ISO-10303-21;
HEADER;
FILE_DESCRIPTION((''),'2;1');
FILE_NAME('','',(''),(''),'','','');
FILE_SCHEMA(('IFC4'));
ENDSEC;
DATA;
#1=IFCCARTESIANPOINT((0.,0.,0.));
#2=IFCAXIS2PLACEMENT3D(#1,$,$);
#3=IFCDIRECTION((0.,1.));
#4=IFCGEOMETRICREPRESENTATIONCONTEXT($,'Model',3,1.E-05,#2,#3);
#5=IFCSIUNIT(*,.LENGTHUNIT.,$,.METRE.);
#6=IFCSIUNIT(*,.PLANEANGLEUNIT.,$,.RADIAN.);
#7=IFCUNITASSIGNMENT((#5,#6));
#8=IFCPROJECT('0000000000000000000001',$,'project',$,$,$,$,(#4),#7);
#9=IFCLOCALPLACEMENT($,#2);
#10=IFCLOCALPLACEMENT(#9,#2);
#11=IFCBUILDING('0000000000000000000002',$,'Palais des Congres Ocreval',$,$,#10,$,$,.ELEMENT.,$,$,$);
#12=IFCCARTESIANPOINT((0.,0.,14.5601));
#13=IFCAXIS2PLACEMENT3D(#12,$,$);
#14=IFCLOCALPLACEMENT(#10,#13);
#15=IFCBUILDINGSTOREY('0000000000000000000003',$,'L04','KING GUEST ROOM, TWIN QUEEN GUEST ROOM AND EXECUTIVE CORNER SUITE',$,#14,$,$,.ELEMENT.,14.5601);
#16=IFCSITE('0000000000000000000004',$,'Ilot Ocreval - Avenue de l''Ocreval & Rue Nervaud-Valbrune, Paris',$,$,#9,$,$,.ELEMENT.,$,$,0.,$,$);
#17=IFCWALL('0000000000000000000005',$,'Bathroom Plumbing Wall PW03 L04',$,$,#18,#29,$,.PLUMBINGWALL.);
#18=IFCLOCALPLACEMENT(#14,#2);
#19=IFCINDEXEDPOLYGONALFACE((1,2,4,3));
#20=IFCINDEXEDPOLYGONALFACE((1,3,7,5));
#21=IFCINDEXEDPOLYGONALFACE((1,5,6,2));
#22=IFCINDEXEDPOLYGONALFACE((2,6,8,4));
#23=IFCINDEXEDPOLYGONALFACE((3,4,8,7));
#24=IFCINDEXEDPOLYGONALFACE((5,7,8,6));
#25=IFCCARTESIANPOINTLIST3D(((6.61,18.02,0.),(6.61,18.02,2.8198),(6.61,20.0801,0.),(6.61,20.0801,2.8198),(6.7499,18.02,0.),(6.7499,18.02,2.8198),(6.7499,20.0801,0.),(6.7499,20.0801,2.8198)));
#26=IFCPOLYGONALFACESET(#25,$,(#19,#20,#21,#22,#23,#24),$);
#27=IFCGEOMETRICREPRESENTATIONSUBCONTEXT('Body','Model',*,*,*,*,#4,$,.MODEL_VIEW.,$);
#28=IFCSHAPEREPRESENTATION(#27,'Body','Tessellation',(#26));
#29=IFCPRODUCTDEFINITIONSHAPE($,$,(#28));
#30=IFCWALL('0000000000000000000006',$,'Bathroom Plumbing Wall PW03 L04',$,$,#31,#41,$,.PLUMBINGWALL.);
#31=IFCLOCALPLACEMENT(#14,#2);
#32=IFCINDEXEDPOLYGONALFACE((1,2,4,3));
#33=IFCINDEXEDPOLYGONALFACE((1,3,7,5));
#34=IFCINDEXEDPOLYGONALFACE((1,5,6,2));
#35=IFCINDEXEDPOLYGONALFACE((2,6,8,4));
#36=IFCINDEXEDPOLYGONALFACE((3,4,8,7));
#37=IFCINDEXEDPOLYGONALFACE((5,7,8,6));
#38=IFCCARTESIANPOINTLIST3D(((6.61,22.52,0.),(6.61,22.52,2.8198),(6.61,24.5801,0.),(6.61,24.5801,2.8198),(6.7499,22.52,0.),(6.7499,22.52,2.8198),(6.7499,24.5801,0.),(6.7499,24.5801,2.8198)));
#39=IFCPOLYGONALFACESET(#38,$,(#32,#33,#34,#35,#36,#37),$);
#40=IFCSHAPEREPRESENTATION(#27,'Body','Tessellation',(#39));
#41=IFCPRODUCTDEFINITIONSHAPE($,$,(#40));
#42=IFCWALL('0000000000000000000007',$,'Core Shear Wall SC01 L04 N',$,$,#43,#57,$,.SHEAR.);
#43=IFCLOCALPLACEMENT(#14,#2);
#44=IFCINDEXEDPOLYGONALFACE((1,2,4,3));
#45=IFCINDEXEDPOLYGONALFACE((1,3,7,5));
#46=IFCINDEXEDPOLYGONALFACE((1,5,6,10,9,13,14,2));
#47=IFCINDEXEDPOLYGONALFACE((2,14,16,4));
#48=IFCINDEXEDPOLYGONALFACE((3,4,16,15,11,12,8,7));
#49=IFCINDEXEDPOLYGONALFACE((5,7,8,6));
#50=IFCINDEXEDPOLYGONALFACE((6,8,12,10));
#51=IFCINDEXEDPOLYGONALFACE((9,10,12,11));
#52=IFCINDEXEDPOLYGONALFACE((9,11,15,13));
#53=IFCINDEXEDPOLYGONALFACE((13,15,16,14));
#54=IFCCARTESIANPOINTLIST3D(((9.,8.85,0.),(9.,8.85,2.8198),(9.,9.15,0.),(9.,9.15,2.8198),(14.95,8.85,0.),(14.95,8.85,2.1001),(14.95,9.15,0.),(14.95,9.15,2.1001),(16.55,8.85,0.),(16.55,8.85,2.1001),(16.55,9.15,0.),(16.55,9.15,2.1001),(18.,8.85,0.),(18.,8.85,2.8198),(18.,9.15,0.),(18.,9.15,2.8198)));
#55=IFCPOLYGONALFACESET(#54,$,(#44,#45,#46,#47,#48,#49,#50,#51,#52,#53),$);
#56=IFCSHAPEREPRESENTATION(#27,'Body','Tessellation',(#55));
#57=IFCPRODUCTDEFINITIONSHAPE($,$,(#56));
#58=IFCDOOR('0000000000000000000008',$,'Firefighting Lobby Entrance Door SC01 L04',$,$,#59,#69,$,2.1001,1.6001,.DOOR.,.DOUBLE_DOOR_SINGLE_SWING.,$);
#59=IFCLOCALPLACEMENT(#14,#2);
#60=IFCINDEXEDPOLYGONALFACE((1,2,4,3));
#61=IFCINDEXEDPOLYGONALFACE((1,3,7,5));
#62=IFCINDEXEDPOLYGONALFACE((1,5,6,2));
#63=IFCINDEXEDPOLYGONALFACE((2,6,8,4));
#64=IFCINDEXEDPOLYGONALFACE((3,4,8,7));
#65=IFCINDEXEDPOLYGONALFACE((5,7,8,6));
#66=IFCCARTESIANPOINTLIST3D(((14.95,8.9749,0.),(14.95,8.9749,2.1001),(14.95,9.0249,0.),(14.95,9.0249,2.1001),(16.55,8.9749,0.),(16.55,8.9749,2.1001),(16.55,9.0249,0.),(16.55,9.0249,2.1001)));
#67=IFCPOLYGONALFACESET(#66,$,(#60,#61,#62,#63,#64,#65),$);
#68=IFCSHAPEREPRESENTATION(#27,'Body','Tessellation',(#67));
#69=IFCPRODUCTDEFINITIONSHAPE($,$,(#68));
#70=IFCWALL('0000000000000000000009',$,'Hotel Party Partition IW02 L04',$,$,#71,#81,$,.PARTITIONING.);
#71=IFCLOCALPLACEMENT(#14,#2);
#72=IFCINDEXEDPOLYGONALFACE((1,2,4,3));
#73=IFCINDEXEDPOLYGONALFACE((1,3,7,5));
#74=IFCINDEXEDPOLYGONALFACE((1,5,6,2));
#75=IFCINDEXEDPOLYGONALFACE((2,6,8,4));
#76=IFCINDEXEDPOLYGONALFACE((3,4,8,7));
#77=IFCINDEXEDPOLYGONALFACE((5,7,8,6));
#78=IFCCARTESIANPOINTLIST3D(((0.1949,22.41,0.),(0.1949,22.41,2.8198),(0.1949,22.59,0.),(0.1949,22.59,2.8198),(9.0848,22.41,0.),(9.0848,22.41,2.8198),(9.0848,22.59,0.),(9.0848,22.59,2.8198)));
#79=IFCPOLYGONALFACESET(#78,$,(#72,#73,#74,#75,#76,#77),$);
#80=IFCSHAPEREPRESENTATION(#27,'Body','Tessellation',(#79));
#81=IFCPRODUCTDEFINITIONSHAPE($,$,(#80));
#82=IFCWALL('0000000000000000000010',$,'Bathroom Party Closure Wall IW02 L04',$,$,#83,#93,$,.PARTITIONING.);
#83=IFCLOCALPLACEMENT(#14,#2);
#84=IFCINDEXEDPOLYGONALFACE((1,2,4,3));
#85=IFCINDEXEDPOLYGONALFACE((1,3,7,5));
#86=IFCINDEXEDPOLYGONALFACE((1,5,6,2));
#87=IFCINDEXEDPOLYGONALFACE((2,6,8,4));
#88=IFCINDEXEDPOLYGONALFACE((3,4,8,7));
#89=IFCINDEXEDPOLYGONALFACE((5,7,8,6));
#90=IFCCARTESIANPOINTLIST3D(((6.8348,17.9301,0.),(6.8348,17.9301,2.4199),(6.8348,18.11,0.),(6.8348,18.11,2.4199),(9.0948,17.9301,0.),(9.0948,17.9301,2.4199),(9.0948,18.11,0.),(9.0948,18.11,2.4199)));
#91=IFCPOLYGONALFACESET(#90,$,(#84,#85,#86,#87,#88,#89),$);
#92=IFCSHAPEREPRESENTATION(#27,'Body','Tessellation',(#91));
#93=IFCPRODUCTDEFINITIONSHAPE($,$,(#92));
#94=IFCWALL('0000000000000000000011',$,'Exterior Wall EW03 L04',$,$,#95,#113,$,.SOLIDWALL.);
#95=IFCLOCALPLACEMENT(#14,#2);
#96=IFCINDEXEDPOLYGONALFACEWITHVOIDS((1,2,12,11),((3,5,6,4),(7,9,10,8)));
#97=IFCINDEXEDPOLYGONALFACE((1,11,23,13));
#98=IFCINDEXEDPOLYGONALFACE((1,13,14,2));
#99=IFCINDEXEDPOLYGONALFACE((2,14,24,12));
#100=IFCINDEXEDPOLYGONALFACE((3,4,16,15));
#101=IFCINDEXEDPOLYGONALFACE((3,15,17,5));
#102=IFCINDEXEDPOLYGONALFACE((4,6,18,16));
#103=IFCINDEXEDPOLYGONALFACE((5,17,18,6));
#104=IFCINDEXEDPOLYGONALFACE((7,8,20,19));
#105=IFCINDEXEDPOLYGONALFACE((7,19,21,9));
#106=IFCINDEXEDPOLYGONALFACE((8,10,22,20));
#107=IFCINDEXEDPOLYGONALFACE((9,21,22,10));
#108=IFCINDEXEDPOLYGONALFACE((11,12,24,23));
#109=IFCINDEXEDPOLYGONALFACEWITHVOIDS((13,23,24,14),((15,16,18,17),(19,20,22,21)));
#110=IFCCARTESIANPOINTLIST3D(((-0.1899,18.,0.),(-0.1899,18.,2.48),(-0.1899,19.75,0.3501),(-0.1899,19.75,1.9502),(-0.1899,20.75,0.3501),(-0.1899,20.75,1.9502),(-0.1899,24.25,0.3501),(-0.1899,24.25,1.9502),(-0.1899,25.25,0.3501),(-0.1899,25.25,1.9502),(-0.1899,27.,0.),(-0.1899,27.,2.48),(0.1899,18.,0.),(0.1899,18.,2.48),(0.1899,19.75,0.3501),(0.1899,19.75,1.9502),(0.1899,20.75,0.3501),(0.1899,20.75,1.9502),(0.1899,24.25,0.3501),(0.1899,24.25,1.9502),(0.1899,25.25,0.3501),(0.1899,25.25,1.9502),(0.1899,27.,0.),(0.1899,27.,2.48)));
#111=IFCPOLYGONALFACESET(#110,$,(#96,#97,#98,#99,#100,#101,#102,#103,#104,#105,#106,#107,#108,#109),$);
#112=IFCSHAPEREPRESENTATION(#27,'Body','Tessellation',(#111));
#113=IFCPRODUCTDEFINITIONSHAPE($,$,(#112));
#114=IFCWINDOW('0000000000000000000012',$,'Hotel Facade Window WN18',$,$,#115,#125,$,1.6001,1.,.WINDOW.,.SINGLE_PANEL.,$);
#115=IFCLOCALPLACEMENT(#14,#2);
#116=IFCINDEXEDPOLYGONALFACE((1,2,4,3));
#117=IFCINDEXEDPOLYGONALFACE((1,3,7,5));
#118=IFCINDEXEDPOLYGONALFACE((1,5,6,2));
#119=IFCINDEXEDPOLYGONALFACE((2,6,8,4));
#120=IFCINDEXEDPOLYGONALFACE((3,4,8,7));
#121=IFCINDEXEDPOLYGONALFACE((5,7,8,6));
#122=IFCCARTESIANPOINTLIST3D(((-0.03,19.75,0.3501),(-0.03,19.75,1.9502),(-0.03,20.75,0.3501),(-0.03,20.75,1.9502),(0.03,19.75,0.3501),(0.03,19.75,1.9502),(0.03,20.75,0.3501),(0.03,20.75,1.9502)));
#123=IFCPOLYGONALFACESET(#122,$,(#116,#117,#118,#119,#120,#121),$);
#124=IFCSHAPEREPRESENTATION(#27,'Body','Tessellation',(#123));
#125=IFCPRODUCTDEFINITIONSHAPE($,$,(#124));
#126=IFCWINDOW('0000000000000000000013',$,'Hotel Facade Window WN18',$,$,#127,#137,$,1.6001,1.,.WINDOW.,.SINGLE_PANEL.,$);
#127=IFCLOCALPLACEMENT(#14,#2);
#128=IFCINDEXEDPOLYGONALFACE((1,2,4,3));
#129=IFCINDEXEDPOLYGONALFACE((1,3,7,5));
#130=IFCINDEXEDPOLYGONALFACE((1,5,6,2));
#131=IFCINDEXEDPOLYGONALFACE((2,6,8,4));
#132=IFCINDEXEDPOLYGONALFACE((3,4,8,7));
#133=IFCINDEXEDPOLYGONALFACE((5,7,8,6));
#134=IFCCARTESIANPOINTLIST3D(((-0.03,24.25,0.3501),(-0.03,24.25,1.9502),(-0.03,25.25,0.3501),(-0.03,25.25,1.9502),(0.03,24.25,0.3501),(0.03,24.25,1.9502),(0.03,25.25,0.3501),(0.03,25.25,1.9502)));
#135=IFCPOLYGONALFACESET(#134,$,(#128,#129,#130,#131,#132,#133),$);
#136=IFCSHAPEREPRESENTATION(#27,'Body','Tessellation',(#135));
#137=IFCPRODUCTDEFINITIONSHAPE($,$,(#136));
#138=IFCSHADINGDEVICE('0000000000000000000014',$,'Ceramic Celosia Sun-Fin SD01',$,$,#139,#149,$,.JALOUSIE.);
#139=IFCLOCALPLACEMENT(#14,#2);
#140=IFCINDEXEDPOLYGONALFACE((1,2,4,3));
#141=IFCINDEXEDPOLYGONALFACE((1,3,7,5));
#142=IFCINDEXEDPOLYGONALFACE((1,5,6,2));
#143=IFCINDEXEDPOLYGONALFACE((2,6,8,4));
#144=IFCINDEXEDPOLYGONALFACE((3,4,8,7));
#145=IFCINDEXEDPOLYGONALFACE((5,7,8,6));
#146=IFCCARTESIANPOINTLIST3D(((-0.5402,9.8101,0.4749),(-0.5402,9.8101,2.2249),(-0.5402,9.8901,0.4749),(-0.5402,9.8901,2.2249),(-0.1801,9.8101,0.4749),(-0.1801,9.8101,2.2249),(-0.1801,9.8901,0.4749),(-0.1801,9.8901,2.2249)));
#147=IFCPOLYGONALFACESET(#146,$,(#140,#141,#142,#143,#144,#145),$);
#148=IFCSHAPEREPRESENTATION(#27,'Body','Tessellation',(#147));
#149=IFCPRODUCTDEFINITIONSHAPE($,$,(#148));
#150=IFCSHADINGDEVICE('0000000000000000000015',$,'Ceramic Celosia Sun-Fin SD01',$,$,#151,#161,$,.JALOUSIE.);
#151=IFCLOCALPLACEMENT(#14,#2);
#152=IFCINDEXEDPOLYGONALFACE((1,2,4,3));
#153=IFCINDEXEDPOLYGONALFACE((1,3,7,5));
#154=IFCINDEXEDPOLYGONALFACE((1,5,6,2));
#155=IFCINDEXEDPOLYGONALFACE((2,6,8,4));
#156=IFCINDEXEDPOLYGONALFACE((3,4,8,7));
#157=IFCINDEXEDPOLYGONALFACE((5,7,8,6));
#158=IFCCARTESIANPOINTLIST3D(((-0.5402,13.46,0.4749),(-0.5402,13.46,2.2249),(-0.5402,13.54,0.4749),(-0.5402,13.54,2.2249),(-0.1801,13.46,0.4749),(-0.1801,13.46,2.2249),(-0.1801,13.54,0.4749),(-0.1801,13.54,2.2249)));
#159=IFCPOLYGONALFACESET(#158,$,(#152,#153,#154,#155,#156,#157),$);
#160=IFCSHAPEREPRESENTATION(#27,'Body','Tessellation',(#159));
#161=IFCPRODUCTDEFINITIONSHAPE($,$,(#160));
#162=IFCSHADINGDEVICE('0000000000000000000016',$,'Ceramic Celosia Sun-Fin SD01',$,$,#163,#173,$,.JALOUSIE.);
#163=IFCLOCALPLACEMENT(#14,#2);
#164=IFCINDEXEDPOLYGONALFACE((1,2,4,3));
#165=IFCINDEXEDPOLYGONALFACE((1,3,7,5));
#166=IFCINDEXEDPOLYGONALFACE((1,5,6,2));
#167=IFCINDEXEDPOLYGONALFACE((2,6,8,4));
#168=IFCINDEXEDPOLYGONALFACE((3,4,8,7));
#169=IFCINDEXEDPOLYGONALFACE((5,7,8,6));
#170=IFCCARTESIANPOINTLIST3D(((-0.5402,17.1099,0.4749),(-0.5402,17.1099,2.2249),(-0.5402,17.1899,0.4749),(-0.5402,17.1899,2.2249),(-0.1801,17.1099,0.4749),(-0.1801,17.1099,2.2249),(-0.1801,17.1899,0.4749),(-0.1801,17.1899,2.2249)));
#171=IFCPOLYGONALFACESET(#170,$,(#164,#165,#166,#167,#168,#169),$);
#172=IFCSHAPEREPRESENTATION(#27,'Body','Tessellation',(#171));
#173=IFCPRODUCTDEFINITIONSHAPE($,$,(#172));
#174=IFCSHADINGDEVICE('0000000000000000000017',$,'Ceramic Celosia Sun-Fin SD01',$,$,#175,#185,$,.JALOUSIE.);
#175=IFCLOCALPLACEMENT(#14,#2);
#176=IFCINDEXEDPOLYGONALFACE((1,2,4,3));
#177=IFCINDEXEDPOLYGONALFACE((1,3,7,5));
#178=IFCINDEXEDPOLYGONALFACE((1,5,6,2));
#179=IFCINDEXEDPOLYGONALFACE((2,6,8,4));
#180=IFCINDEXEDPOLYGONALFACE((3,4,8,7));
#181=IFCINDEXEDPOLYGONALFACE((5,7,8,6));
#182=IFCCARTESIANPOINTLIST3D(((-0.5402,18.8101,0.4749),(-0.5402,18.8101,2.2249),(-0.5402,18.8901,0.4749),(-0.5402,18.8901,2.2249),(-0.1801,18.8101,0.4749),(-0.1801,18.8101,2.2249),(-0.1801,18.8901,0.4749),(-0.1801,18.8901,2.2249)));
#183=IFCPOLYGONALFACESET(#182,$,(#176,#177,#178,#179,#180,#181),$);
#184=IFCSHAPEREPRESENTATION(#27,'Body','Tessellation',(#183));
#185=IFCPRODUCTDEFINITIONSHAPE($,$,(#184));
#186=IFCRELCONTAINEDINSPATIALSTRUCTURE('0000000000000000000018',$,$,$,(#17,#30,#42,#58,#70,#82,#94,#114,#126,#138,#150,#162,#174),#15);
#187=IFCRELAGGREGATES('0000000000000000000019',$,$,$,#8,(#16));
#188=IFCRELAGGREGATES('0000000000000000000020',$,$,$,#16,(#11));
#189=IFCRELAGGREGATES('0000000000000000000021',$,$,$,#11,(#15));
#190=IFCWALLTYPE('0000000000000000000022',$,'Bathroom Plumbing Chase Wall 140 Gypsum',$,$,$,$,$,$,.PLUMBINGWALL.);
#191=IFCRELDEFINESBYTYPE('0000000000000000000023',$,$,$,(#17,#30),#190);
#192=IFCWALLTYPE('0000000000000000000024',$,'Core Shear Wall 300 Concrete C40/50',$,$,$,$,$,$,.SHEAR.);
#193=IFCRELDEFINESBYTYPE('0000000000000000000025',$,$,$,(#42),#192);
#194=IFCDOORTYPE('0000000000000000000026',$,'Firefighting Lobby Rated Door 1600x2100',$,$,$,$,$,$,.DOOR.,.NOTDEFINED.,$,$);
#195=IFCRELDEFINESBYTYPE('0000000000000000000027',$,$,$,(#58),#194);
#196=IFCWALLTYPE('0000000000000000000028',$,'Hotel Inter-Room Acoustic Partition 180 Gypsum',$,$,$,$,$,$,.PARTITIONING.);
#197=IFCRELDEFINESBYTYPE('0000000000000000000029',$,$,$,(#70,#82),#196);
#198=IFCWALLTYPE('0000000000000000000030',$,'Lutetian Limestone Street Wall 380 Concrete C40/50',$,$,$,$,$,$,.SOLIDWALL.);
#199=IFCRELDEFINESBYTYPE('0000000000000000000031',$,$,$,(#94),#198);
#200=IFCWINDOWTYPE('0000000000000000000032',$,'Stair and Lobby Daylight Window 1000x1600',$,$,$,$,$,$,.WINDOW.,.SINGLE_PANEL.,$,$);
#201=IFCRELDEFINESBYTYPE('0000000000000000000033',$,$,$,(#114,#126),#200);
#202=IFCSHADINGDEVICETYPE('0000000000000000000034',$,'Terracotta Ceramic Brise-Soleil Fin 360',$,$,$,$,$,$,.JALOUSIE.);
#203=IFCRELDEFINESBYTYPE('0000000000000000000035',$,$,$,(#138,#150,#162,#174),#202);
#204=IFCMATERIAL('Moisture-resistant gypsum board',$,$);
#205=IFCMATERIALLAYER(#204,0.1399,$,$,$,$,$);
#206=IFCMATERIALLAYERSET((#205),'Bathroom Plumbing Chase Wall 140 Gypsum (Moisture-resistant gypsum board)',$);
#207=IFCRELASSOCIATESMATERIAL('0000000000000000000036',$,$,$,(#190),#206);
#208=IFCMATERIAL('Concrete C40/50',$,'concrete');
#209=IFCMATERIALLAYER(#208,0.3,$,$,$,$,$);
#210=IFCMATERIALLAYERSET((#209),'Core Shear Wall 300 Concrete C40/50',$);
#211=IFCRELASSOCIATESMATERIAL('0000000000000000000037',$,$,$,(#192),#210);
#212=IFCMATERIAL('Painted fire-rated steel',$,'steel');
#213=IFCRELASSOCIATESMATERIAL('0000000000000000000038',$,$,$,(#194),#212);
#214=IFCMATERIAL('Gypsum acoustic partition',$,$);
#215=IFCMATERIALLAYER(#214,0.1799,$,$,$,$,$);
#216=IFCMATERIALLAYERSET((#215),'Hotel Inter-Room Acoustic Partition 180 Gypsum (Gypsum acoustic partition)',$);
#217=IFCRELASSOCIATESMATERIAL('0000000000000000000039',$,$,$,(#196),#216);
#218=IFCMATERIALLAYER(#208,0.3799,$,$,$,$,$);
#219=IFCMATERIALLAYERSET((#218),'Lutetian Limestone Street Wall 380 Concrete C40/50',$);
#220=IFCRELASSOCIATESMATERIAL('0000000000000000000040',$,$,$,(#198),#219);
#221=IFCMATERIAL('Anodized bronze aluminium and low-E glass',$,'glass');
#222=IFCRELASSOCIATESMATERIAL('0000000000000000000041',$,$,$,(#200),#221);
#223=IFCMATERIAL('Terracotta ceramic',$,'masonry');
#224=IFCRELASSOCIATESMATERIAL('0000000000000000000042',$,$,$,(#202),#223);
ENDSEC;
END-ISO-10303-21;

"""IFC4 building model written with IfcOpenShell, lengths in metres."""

from ifc_helpers import new_model, si_unit, direction, frame, frame_2d, origin, origin_2d, place, context, subcontext, project, spatial, rectangle, extrude, material, layer, layer_set, type_object, element, fill, save


model = new_model("IFC4")

# Units and contexts
model_context = context("Model", 3, precision=1e-05, world=origin(), true_north=direction((0.0, 1.0)))
body_context = subcontext(model_context, "Body", "Model", "MODEL_VIEW")
ifc_project = project(units=[si_unit("LENGTHUNIT", "METRE"), si_unit("PLANEANGLEUNIT", "RADIAN")], contexts=[model_context])

# Site, building, storey
site_placement = place(None, origin())
site = spatial("IfcSite", under=ifc_project, at=site_placement, Name="Ilot Ocreval - Avenue de l'Ocreval & Rue Nervaud-Valbrune, Paris", CompositionType="ELEMENT", RefElevation=0.0)
building_placement = place(site_placement, origin())
building = spatial("IfcBuilding", under=site, at=building_placement, Name="Palais des Congres Ocreval", CompositionType="ELEMENT")
storey_placement = place(building_placement, frame((0.0, 0.0, 14.5601)))
storey = spatial("IfcBuildingStorey", under=building, at=storey_placement, Name="L04", Description="KING GUEST ROOM, TWIN QUEEN GUEST ROOM AND EXECUTIVE CORNER SUITE", CompositionType="ELEMENT", Elevation=14.5601)

# Shared definitions
ifc_material_1 = material(Name="Concrete C40/50", Category="concrete")

# Shared definitions
ifc_material_2 = material(Name="Moisture-resistant gypsum board")
ifc_layer_1 = layer(ifc_material_2, 0.1399)
ifc_layer_set_1 = layer_set([ifc_layer_1], Name="Bathroom Plumbing Chase Wall 140 Gypsum (Moisture-resistant gypsum board)")
wall_type_1 = type_object("IfcWallType", Name="Bathroom Plumbing Chase Wall 140 Gypsum", PredefinedType="PLUMBINGWALL", material=ifc_layer_set_1)

# Walls
for number, where, z_axis, x_axis, name in (
    (1, (6.6799, 18.02, 0.0), (0.0, 0.0, 1.0), (0.0, 1.0, 0.0), "Bathroom Plumbing Wall PW03 L04"),
    (2, (6.6799, 22.52, 0.0), (0.0, 0.0, 1.0), (0.0, 1.0, 0.0), "Bathroom Plumbing Wall PW03 L04"),
):
    element("IfcWall", number, at=place(storey_placement, frame(where, z_axis=z_axis, x_axis=x_axis)), inside=storey, type_object=wall_type_1, Name=name, PredefinedType="PLUMBINGWALL", context=body_context, shape_type="SweptSolid", body=[
        extrude(rectangle(XDim=2.0601, YDim=0.1399, at=frame_2d((1.03, 0.0))), origin(), (0.0, 0.0, 1.0), 2.8198),
    ])

# Wall, opening, door
ifc_layer_2 = layer(ifc_material_1, 0.3)
ifc_layer_set_2 = layer_set([ifc_layer_2], Name="Core Shear Wall 300 Concrete C40/50")
wall_type_2 = type_object("IfcWallType", Name="Core Shear Wall 300 Concrete C40/50", PredefinedType="SHEAR", material=ifc_layer_set_2)
wall_1_placement = place(storey_placement, frame((9.0, 9.0, 0.0), z_axis=(0.0, 0.0, 1.0), x_axis=(1.0, 0.0, 0.0)))
wall_1 = element("IfcWall", 3, at=wall_1_placement, inside=storey, type_object=wall_type_2, Name="Core Shear Wall SC01 L04 N", PredefinedType="SHEAR", context=body_context, shape_type="SweptSolid", body=[
    extrude(rectangle(XDim=9.0, YDim=0.3, at=frame_2d((4.5, 0.0))), origin(), (0.0, 0.0, 1.0), 2.8198),
])
opening_1_placement = place(wall_1_placement, frame((5.95, 0.0, 0.0)))
opening_1 = element("IfcOpeningElement", 4, at=opening_1_placement, cuts=wall_1, PredefinedType="OPENING", context=body_context, shape_type="SweptSolid", body=[
    extrude(rectangle(XDim=1.6001, YDim=2.1001, at=frame_2d((0.8, 1.05))), frame((0.0, 0.1599, 0.0), z_axis=(0.0, -1.0, 0.0), x_axis=(1.0, 0.0, 0.0)), (0.0, 0.0, 1.0), 0.3201),
])
ifc_material_3 = material(Name="Painted fire-rated steel", Category="steel")
door_type_1 = type_object("IfcDoorType", Name="Firefighting Lobby Rated Door 1600x2100", OperationType="NOTDEFINED", PredefinedType="DOOR", material=ifc_material_3)
door_1_placement = place(opening_1_placement, origin())
door_1 = element("IfcDoor", 5, at=door_1_placement, inside=storey, type_object=door_type_1, Name="Firefighting Lobby Entrance Door SC01 L04", OperationType="DOUBLE_DOOR_SINGLE_SWING", OverallHeight=2.1001, OverallWidth=1.6001, PredefinedType="DOOR", context=body_context, shape_type="SweptSolid", body=[
    extrude(rectangle(XDim=1.6001, YDim=2.1001, at=frame_2d((0.8, 1.05))), frame((0.0, 0.0249, 0.0), z_axis=(0.0, -1.0, 0.0), x_axis=(1.0, 0.0, 0.0)), (0.0, 0.0, 1.0), 0.05),
])
fill(opening_1, door_1)

# Walls
ifc_material_4 = material(Name="Gypsum acoustic partition")
ifc_layer_3 = layer(ifc_material_4, 0.1799)
ifc_layer_set_3 = layer_set([ifc_layer_3], Name="Hotel Inter-Room Acoustic Partition 180 Gypsum (Gypsum acoustic partition)")
wall_type_3 = type_object("IfcWallType", Name="Hotel Inter-Room Acoustic Partition 180 Gypsum", PredefinedType="PARTITIONING", material=ifc_layer_set_3)
wall_2_placement = place(storey_placement, frame((0.1951, 22.5, 0.0), z_axis=(0.0, 0.0, 1.0), x_axis=(1.0, 0.0, 0.0)))
element("IfcWall", 6, at=wall_2_placement, inside=storey, type_object=wall_type_3, Name="Hotel Party Partition IW02 L04", PredefinedType="PARTITIONING", context=body_context, shape_type="SweptSolid", body=[
    extrude(rectangle(XDim=8.8899, YDim=0.1799, at=frame_2d((4.4448, 0.0))), origin(), (0.0, 0.0, 1.0), 2.8198),
])
wall_3_placement = place(storey_placement, frame((6.835, 18.02, 0.0), z_axis=(0.0, 0.0, 1.0), x_axis=(1.0, 0.0, 0.0)))
element("IfcWall", 7, at=wall_3_placement, inside=storey, type_object=wall_type_3, Name="Bathroom Party Closure Wall IW02 L04", PredefinedType="PARTITIONING", context=body_context, shape_type="SweptSolid", body=[
    extrude(rectangle(XDim=2.26, YDim=0.1799, at=frame_2d((1.1299, 0.0))), origin(), (0.0, 0.0, 1.0), 2.4199),
])

# Wall, openings, windows
ifc_layer_4 = layer(ifc_material_1, 0.3799)
ifc_layer_set_4 = layer_set([ifc_layer_4], Name="Lutetian Limestone Street Wall 380 Concrete C40/50")
wall_type_4 = type_object("IfcWallType", Name="Lutetian Limestone Street Wall 380 Concrete C40/50", PredefinedType="SOLIDWALL", material=ifc_layer_set_4)
wall_4_placement = place(storey_placement, frame((0.0, 18.0, 0.0), z_axis=(0.0, 0.0, 1.0), x_axis=(0.0, 1.0, 0.0)))
wall_4 = element("IfcWall", 8, at=wall_4_placement, inside=storey, type_object=wall_type_4, Name="Exterior Wall EW03 L04", PredefinedType="SOLIDWALL", context=body_context, shape_type="SweptSolid", body=[
    extrude(rectangle(XDim=9.0, YDim=0.3799, at=frame_2d((4.5, 0.0))), origin(), (0.0, 0.0, 1.0), 2.48),
])
opening_2_placement = place(wall_4_placement, frame((1.75, 0.0, 0.3501)))
opening_2 = element("IfcOpeningElement", 9, at=opening_2_placement, cuts=wall_4, PredefinedType="OPENING", context=body_context, shape_type="SweptSolid", body=[
    extrude(rectangle(XDim=1.0, YDim=1.6001, at=frame_2d((0.5, 0.8))), frame((0.0, 0.2, 0.0), z_axis=(0.0, -1.0, 0.0), x_axis=(1.0, 0.0, 0.0)), (0.0, 0.0, 1.0), 0.3999),
])
opening_3_placement = place(wall_4_placement, frame((6.25, 0.0, 0.3501)))
opening_3 = element("IfcOpeningElement", 10, at=opening_3_placement, cuts=wall_4, PredefinedType="OPENING", context=body_context, shape_type="SweptSolid", body=[
    extrude(rectangle(XDim=1.0, YDim=1.6001, at=frame_2d((0.5, 0.8))), frame((0.0, 0.2, 0.0), z_axis=(0.0, -1.0, 0.0), x_axis=(1.0, 0.0, 0.0)), (0.0, 0.0, 1.0), 0.3999),
])
ifc_material_5 = material(Name="Anodized bronze aluminium and low-E glass", Category="glass")
window_type = type_object("IfcWindowType", Name="Stair and Lobby Daylight Window 1000x1600", PartitioningType="SINGLE_PANEL", PredefinedType="WINDOW", material=ifc_material_5)
window_1_placement = place(opening_2_placement, origin())
window_1 = element("IfcWindow", 11, at=window_1_placement, inside=storey, type_object=window_type, Name="Hotel Facade Window WN18", OverallHeight=1.6001, OverallWidth=1.0, PartitioningType="SINGLE_PANEL", PredefinedType="WINDOW", context=body_context, shape_type="SweptSolid", body=[
    extrude(rectangle(XDim=1.0, YDim=1.6001, at=frame_2d((0.5, 0.8))), frame((0.0, 0.03, 0.0), z_axis=(0.0, -1.0, 0.0), x_axis=(1.0, 0.0, 0.0)), (0.0, 0.0, 1.0), 0.0601),
])
fill(opening_2, window_1)
window_2_placement = place(opening_3_placement, origin())
window_2 = element("IfcWindow", 12, at=window_2_placement, inside=storey, type_object=window_type, Name="Hotel Facade Window WN18", OverallHeight=1.6001, OverallWidth=1.0, PartitioningType="SINGLE_PANEL", PredefinedType="WINDOW", context=body_context, shape_type="SweptSolid", body=[
    extrude(rectangle(XDim=1.0, YDim=1.6001, at=frame_2d((0.5, 0.8))), frame((0.0, 0.03, 0.0), z_axis=(0.0, -1.0, 0.0), x_axis=(1.0, 0.0, 0.0)), (0.0, 0.0, 1.0), 0.0601),
])
fill(opening_3, window_2)

# Shading devices
ifc_material_6 = material(Name="Terracotta ceramic", Category="masonry")
shading_device_type = type_object("IfcShadingDeviceType", Name="Terracotta Ceramic Brise-Soleil Fin 360", PredefinedType="JALOUSIE", material=ifc_material_6)
for number, where, z_axis, x_axis, name in (
    (13, (-0.3601, 9.8501, 0.4749), (0.0, 0.0, 1.0), (-1.0, 0.0, 0.0), "Ceramic Celosia Sun-Fin SD01"),
    (14, (-0.3601, 13.5, 0.4749), (0.0, 0.0, 1.0), (-1.0, 0.0, 0.0), "Ceramic Celosia Sun-Fin SD01"),
    (15, (-0.3601, 17.1499, 0.4749), (0.0, 0.0, 1.0), (-1.0, 0.0, 0.0), "Ceramic Celosia Sun-Fin SD01"),
    (16, (-0.3601, 18.8501, 0.4749), (0.0, 0.0, 1.0), (-1.0, 0.0, 0.0), "Ceramic Celosia Sun-Fin SD01"),
):
    element("IfcShadingDevice", number, at=place(storey_placement, frame(where, z_axis=z_axis, x_axis=x_axis)), inside=storey, type_object=shading_device_type, Name=name, PredefinedType="JALOUSIE", context=body_context, shape_type="SweptSolid", body=[
        extrude(rectangle(XDim=0.3601, YDim=0.0801, at=origin_2d()), origin(), (0.0, 0.0, 1.0), 1.75),
    ])

save(model, "model.ifc")
